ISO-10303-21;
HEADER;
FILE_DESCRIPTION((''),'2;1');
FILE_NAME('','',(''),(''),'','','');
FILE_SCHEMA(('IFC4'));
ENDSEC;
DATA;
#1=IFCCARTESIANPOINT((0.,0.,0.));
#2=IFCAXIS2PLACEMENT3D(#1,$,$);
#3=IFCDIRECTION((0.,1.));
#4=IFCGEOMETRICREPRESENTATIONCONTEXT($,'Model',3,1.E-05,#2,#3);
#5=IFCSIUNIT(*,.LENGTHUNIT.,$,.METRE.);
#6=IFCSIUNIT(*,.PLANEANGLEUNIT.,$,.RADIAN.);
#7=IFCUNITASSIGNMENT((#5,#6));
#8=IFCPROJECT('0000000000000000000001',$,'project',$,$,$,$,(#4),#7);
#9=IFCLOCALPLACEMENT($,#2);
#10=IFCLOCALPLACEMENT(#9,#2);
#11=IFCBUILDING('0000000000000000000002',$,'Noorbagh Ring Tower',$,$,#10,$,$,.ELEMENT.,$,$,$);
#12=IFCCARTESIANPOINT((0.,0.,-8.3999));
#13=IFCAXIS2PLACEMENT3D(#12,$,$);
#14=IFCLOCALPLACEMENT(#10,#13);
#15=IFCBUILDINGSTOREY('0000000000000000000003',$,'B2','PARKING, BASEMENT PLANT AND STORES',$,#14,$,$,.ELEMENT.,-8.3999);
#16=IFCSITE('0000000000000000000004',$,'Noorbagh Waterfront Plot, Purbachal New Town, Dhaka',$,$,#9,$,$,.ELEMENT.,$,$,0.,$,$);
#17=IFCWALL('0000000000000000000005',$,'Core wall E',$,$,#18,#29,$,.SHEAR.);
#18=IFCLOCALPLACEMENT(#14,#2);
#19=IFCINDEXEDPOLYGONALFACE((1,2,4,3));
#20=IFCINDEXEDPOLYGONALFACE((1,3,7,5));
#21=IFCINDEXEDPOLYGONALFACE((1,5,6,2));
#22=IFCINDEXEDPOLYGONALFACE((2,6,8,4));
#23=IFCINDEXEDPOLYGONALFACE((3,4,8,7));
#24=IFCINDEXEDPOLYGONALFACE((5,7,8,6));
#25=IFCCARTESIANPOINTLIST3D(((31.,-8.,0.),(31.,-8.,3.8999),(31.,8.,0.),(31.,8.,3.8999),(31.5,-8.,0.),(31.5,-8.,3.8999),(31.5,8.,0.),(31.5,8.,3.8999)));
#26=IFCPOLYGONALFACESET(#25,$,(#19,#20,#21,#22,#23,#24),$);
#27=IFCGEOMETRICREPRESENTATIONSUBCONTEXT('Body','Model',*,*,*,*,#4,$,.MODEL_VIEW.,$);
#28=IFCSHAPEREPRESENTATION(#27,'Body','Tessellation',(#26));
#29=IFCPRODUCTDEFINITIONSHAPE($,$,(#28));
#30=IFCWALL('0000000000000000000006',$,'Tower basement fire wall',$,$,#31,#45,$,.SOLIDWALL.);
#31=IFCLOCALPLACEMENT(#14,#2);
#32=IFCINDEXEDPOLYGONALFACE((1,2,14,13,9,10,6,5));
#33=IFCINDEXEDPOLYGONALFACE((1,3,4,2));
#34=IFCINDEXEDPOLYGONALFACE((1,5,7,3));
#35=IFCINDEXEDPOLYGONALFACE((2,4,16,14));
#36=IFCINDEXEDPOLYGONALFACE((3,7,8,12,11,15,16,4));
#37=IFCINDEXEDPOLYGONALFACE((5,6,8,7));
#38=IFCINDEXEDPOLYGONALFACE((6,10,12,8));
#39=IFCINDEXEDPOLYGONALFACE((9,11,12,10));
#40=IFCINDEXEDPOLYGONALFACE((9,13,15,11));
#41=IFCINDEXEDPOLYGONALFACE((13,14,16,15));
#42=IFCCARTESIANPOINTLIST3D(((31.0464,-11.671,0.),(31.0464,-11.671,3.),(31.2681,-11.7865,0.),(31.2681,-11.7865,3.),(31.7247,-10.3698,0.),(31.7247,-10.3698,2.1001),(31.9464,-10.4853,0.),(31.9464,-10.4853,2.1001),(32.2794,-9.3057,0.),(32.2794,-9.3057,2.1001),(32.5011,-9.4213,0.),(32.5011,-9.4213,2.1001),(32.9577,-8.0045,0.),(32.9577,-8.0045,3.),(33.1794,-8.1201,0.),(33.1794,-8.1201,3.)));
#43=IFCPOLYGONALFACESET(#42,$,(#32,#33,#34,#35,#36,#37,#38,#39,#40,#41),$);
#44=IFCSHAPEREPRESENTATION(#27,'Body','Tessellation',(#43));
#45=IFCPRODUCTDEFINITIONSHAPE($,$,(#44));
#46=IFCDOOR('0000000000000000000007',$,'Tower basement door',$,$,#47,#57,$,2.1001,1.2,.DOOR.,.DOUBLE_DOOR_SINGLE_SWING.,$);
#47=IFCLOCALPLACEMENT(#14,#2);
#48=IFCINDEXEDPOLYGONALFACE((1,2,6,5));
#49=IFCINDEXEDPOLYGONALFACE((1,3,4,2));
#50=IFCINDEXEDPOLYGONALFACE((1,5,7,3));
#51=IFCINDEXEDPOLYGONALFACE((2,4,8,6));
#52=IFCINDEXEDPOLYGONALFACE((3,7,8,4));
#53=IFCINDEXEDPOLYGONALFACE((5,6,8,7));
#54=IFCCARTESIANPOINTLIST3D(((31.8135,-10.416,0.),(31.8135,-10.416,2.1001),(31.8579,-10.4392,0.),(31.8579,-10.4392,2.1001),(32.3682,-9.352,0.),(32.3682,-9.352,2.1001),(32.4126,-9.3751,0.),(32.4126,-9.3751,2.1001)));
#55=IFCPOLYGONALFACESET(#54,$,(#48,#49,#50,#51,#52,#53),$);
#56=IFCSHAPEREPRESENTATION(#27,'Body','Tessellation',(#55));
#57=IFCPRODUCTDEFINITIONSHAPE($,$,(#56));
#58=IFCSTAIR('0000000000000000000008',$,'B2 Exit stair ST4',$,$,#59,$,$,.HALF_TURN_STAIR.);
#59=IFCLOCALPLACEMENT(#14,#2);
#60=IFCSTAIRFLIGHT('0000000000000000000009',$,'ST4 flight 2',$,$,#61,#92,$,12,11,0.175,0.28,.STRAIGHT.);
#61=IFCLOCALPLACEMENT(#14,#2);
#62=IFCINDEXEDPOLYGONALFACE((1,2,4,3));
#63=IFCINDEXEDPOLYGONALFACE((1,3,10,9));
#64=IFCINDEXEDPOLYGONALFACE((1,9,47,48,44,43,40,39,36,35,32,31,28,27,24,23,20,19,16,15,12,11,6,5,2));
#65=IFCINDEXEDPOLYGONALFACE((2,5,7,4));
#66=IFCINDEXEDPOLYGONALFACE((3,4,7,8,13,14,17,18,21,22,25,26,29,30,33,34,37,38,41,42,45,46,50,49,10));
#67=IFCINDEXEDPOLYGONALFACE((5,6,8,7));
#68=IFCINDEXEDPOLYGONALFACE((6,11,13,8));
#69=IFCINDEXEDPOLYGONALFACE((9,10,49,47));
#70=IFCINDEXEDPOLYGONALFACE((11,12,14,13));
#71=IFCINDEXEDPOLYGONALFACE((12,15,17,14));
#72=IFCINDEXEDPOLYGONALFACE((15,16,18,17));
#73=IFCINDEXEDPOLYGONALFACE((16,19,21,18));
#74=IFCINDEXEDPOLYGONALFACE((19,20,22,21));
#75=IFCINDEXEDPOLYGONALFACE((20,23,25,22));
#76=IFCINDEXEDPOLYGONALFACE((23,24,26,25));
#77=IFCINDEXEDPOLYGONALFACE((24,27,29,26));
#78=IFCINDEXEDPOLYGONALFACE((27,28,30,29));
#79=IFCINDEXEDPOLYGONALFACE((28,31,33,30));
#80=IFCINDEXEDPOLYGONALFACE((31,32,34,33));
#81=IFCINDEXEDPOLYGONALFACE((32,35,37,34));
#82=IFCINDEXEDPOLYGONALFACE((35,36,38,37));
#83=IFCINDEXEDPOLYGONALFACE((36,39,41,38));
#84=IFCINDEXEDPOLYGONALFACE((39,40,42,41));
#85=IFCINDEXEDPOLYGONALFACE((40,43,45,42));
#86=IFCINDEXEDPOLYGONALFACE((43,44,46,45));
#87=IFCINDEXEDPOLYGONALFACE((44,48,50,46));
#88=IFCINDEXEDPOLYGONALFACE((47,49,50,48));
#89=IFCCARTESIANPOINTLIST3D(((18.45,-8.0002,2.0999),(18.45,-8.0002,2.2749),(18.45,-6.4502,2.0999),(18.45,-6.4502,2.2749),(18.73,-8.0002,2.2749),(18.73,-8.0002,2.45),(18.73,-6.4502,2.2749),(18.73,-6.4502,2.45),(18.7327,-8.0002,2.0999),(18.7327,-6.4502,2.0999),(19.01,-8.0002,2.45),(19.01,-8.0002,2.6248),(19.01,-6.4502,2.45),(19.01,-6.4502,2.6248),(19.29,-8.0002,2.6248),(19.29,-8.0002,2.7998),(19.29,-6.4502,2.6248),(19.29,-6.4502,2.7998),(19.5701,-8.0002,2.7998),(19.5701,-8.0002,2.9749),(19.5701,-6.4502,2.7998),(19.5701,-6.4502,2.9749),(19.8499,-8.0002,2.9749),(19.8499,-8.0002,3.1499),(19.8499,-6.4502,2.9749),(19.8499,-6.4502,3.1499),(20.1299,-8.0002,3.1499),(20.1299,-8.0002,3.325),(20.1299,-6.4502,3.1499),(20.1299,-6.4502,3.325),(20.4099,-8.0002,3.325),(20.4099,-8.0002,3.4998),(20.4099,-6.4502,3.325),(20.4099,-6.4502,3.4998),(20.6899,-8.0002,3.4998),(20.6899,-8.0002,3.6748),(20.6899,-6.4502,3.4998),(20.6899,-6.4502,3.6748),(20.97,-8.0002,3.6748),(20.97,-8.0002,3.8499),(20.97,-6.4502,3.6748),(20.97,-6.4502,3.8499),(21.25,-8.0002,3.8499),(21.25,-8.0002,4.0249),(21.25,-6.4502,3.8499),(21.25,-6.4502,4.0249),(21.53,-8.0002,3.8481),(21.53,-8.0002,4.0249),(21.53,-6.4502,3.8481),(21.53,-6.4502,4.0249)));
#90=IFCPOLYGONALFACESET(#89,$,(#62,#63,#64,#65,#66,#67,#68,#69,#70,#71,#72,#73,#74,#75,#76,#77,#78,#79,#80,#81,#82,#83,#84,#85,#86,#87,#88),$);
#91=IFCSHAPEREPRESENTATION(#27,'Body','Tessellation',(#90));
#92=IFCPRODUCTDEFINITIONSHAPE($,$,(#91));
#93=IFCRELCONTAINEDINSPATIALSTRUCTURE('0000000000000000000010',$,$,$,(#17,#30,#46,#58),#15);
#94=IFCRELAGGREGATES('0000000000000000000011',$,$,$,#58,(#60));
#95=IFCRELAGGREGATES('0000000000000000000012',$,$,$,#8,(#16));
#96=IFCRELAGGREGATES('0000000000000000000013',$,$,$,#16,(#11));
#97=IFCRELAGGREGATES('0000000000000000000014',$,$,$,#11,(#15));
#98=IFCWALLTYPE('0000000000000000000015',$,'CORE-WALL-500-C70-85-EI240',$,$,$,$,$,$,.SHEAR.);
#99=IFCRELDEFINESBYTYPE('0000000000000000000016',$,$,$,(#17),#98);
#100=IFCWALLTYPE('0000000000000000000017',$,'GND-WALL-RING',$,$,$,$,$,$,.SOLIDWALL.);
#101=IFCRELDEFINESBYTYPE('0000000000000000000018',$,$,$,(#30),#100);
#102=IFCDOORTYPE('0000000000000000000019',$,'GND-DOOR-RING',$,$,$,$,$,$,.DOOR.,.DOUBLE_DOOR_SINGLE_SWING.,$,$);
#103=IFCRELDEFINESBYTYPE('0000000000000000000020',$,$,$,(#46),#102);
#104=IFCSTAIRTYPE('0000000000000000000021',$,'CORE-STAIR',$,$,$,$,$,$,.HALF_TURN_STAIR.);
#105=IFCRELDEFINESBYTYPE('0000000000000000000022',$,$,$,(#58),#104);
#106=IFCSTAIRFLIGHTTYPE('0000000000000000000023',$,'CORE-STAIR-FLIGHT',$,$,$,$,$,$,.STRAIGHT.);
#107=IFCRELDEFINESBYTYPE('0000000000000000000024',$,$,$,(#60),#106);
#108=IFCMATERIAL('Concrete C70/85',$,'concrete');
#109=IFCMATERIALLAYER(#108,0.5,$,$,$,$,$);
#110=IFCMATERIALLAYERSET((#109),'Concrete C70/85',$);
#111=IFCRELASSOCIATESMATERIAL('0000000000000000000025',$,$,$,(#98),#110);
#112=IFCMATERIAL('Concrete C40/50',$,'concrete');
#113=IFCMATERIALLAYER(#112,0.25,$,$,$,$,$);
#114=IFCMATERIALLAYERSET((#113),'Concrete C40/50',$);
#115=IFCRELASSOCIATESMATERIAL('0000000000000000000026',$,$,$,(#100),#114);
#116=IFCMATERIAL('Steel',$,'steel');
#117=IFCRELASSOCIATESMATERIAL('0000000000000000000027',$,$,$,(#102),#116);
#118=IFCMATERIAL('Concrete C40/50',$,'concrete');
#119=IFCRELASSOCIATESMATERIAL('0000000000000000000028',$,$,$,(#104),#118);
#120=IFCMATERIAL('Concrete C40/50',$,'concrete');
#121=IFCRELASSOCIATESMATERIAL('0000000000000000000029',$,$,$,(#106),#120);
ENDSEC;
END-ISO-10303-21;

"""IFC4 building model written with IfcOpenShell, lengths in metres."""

from ifc_helpers import new_model, si_unit, direction, frame, frame_2d, origin, place, context, subcontext, project, spatial, polyline, rectangle, outline, extrude, material, layer, layer_set, type_object, element, fill, aggregate, save


model = new_model("IFC4")

# Units and contexts
model_context = context("Model", 3, precision=1e-05, world=origin(), true_north=direction((0.0, 1.0)))
body_context = subcontext(model_context, "Body", "Model", "MODEL_VIEW")
ifc_project = project(units=[si_unit("LENGTHUNIT", "METRE"), si_unit("PLANEANGLEUNIT", "RADIAN")], contexts=[model_context])

# Site, building, storey
site_placement = place(None, origin())
site = spatial("IfcSite", under=ifc_project, at=site_placement, Name="Noorbagh Waterfront Plot, Purbachal New Town, Dhaka", CompositionType="ELEMENT", RefElevation=0.0)
building_placement = place(site_placement, origin())
building = spatial("IfcBuilding", under=site, at=building_placement, Name="Noorbagh Ring Tower", CompositionType="ELEMENT")
storey_placement = place(building_placement, frame((0.0, 0.0, -8.3999)))
storey = spatial("IfcBuildingStorey", under=building, at=storey_placement, Name="B2", Description="PARKING, BASEMENT PLANT AND STORES", CompositionType="ELEMENT", Elevation=-8.3999)

# Wall
ifc_material_1 = material(Name="Concrete C70/85", Category="concrete")
ifc_layer_1 = layer(ifc_material_1, 0.5)
ifc_layer_set_1 = layer_set([ifc_layer_1], Name="Concrete C70/85")
wall_type_1 = type_object("IfcWallType", Name="CORE-WALL-500-C70-85-EI240", PredefinedType="SHEAR", material=ifc_layer_set_1)
wall_1_placement = place(storey_placement, frame((31.25, -8.0, 0.0), z_axis=(0.0, 0.0, 1.0), x_axis=(0.0, 1.0, 0.0)))
element("IfcWall", 1, at=wall_1_placement, inside=storey, type_object=wall_type_1, Name="Core wall E", PredefinedType="SHEAR", context=body_context, shape_type="SweptSolid", body=[
    extrude(rectangle(XDim=16.0, YDim=0.5, at=frame_2d((8.0, 0.0))), origin(), (0.0, 0.0, 1.0), 3.8999),
])

# Wall, opening, door
ifc_material_2 = material(Name="Concrete C40/50", Category="concrete")
ifc_layer_2 = layer(ifc_material_2, 0.25)
ifc_layer_set_2 = layer_set([ifc_layer_2], Name="Concrete C40/50")
wall_type_2 = type_object("IfcWallType", Name="GND-WALL-RING", PredefinedType="SOLIDWALL", material=ifc_layer_set_2)
wall_2_placement = place(storey_placement, frame((31.1572, -11.7288, 0.0), z_axis=(0.0, 0.0, 1.0), x_axis=(0.462265, 0.886742, 0.0)))
wall_2 = element("IfcWall", 2, at=wall_2_placement, inside=storey, type_object=wall_type_2, Name="Tower basement fire wall", PredefinedType="SOLIDWALL", context=body_context, shape_type="SweptSolid", body=[
    extrude(rectangle(XDim=4.1348, YDim=0.25, at=frame_2d((2.0674, 0.0))), origin(), (0.0, 0.0, 1.0), 3.0),
])
opening_1_placement = place(wall_2_placement, frame((1.4673, 0.0, 0.0)))
opening_1 = element("IfcOpeningElement", 3, at=opening_1_placement, cuts=wall_2, PredefinedType="OPENING", context=body_context, shape_type="SweptSolid", body=[
    extrude(rectangle(XDim=1.2, YDim=2.1001, at=frame_2d((0.6001, 1.05))), frame((0.0, 0.135, 0.0), z_axis=(0.0, -1.0, 0.0), x_axis=(1.0, 0.0, 0.0)), (0.0, 0.0, 1.0), 0.27),
])
ifc_material_3 = material(Name="Steel", Category="steel")
door_type_1 = type_object("IfcDoorType", Name="GND-DOOR-RING", OperationType="DOUBLE_DOOR_SINGLE_SWING", PredefinedType="DOOR", material=ifc_material_3)
door_1_placement = place(opening_1_placement, origin())
door_1 = element("IfcDoor", 4, at=door_1_placement, inside=storey, type_object=door_type_1, Name="Tower basement door", OperationType="DOUBLE_DOOR_SINGLE_SWING", OverallHeight=2.1001, OverallWidth=1.2, PredefinedType="DOOR", context=body_context, shape_type="SweptSolid", body=[
    extrude(rectangle(XDim=1.2, YDim=2.1001, at=frame_2d((0.6001, 1.05))), frame((0.0, 0.0249, 0.0), z_axis=(0.0, -1.0, 0.0), x_axis=(1.0, 0.0, 0.0)), (0.0, 0.0, 1.0), 0.05),
])
fill(opening_1, door_1)

# Stair, stair flight
ifc_material_4 = material(Name="Concrete C40/50", Category="concrete")
stair_type = type_object("IfcStairType", Name="CORE-STAIR", PredefinedType="HALF_TURN_STAIR", material=ifc_material_4)
stair_placement = place(storey_placement, origin())
stair = element("IfcStair", 5, at=stair_placement, inside=storey, type_object=stair_type, Name="B2 Exit stair ST4", PredefinedType="HALF_TURN_STAIR")
ifc_material_5 = material(Name="Concrete C40/50", Category="concrete")
stair_flight_type = type_object("IfcStairFlightType", Name="CORE-STAIR-FLIGHT", PredefinedType="STRAIGHT", material=ifc_material_5)
stair_flight_placement = place(storey_placement, frame((18.45, -7.2251, 2.0999), z_axis=(0.0, 0.0, 1.0), x_axis=(1.0, 0.0, 0.0)))
stair_flight = element("IfcStairFlight", 6, at=stair_flight_placement, type_object=stair_flight_type, Name="ST4 flight 2", NumberOfRisers=12, NumberOfTreads=11, PredefinedType="STRAIGHT", RiserHeight=0.175, TreadLength=0.28, context=body_context, shape_type="SweptSolid", body=[
    extrude(outline(polyline([(0.0, 0.0), (0.0, 0.175), (0.28, 0.175), (0.28, 0.3501), (0.5601, 0.3501), (0.5601, 0.5249), (0.8401, 0.5249), (0.8401, 0.7), (1.1201, 0.7), (1.1201, 0.875), (1.3999, 0.875), (1.3999, 1.05), (1.6799, 1.05), (1.6799, 1.2251), (1.96, 1.2251), (1.96, 1.3999), (2.24, 1.3999), (2.24, 1.575), (2.52, 1.575), (2.52, 1.75), (2.8, 1.75), (2.8, 1.925), (3.0801, 1.925), (3.0801, 2.1001), (3.0801, 1.7483), (0.2827, 0.0), (0.0, 0.0)])), frame((0.0, 0.7749, 0.0), z_axis=(0.0, -1.0, 0.0), x_axis=(1.0, 0.0, 0.0)), (0.0, 0.0, 1.0), 1.55),
])
aggregate(stair, [stair_flight])

save(model, "model.ifc")
